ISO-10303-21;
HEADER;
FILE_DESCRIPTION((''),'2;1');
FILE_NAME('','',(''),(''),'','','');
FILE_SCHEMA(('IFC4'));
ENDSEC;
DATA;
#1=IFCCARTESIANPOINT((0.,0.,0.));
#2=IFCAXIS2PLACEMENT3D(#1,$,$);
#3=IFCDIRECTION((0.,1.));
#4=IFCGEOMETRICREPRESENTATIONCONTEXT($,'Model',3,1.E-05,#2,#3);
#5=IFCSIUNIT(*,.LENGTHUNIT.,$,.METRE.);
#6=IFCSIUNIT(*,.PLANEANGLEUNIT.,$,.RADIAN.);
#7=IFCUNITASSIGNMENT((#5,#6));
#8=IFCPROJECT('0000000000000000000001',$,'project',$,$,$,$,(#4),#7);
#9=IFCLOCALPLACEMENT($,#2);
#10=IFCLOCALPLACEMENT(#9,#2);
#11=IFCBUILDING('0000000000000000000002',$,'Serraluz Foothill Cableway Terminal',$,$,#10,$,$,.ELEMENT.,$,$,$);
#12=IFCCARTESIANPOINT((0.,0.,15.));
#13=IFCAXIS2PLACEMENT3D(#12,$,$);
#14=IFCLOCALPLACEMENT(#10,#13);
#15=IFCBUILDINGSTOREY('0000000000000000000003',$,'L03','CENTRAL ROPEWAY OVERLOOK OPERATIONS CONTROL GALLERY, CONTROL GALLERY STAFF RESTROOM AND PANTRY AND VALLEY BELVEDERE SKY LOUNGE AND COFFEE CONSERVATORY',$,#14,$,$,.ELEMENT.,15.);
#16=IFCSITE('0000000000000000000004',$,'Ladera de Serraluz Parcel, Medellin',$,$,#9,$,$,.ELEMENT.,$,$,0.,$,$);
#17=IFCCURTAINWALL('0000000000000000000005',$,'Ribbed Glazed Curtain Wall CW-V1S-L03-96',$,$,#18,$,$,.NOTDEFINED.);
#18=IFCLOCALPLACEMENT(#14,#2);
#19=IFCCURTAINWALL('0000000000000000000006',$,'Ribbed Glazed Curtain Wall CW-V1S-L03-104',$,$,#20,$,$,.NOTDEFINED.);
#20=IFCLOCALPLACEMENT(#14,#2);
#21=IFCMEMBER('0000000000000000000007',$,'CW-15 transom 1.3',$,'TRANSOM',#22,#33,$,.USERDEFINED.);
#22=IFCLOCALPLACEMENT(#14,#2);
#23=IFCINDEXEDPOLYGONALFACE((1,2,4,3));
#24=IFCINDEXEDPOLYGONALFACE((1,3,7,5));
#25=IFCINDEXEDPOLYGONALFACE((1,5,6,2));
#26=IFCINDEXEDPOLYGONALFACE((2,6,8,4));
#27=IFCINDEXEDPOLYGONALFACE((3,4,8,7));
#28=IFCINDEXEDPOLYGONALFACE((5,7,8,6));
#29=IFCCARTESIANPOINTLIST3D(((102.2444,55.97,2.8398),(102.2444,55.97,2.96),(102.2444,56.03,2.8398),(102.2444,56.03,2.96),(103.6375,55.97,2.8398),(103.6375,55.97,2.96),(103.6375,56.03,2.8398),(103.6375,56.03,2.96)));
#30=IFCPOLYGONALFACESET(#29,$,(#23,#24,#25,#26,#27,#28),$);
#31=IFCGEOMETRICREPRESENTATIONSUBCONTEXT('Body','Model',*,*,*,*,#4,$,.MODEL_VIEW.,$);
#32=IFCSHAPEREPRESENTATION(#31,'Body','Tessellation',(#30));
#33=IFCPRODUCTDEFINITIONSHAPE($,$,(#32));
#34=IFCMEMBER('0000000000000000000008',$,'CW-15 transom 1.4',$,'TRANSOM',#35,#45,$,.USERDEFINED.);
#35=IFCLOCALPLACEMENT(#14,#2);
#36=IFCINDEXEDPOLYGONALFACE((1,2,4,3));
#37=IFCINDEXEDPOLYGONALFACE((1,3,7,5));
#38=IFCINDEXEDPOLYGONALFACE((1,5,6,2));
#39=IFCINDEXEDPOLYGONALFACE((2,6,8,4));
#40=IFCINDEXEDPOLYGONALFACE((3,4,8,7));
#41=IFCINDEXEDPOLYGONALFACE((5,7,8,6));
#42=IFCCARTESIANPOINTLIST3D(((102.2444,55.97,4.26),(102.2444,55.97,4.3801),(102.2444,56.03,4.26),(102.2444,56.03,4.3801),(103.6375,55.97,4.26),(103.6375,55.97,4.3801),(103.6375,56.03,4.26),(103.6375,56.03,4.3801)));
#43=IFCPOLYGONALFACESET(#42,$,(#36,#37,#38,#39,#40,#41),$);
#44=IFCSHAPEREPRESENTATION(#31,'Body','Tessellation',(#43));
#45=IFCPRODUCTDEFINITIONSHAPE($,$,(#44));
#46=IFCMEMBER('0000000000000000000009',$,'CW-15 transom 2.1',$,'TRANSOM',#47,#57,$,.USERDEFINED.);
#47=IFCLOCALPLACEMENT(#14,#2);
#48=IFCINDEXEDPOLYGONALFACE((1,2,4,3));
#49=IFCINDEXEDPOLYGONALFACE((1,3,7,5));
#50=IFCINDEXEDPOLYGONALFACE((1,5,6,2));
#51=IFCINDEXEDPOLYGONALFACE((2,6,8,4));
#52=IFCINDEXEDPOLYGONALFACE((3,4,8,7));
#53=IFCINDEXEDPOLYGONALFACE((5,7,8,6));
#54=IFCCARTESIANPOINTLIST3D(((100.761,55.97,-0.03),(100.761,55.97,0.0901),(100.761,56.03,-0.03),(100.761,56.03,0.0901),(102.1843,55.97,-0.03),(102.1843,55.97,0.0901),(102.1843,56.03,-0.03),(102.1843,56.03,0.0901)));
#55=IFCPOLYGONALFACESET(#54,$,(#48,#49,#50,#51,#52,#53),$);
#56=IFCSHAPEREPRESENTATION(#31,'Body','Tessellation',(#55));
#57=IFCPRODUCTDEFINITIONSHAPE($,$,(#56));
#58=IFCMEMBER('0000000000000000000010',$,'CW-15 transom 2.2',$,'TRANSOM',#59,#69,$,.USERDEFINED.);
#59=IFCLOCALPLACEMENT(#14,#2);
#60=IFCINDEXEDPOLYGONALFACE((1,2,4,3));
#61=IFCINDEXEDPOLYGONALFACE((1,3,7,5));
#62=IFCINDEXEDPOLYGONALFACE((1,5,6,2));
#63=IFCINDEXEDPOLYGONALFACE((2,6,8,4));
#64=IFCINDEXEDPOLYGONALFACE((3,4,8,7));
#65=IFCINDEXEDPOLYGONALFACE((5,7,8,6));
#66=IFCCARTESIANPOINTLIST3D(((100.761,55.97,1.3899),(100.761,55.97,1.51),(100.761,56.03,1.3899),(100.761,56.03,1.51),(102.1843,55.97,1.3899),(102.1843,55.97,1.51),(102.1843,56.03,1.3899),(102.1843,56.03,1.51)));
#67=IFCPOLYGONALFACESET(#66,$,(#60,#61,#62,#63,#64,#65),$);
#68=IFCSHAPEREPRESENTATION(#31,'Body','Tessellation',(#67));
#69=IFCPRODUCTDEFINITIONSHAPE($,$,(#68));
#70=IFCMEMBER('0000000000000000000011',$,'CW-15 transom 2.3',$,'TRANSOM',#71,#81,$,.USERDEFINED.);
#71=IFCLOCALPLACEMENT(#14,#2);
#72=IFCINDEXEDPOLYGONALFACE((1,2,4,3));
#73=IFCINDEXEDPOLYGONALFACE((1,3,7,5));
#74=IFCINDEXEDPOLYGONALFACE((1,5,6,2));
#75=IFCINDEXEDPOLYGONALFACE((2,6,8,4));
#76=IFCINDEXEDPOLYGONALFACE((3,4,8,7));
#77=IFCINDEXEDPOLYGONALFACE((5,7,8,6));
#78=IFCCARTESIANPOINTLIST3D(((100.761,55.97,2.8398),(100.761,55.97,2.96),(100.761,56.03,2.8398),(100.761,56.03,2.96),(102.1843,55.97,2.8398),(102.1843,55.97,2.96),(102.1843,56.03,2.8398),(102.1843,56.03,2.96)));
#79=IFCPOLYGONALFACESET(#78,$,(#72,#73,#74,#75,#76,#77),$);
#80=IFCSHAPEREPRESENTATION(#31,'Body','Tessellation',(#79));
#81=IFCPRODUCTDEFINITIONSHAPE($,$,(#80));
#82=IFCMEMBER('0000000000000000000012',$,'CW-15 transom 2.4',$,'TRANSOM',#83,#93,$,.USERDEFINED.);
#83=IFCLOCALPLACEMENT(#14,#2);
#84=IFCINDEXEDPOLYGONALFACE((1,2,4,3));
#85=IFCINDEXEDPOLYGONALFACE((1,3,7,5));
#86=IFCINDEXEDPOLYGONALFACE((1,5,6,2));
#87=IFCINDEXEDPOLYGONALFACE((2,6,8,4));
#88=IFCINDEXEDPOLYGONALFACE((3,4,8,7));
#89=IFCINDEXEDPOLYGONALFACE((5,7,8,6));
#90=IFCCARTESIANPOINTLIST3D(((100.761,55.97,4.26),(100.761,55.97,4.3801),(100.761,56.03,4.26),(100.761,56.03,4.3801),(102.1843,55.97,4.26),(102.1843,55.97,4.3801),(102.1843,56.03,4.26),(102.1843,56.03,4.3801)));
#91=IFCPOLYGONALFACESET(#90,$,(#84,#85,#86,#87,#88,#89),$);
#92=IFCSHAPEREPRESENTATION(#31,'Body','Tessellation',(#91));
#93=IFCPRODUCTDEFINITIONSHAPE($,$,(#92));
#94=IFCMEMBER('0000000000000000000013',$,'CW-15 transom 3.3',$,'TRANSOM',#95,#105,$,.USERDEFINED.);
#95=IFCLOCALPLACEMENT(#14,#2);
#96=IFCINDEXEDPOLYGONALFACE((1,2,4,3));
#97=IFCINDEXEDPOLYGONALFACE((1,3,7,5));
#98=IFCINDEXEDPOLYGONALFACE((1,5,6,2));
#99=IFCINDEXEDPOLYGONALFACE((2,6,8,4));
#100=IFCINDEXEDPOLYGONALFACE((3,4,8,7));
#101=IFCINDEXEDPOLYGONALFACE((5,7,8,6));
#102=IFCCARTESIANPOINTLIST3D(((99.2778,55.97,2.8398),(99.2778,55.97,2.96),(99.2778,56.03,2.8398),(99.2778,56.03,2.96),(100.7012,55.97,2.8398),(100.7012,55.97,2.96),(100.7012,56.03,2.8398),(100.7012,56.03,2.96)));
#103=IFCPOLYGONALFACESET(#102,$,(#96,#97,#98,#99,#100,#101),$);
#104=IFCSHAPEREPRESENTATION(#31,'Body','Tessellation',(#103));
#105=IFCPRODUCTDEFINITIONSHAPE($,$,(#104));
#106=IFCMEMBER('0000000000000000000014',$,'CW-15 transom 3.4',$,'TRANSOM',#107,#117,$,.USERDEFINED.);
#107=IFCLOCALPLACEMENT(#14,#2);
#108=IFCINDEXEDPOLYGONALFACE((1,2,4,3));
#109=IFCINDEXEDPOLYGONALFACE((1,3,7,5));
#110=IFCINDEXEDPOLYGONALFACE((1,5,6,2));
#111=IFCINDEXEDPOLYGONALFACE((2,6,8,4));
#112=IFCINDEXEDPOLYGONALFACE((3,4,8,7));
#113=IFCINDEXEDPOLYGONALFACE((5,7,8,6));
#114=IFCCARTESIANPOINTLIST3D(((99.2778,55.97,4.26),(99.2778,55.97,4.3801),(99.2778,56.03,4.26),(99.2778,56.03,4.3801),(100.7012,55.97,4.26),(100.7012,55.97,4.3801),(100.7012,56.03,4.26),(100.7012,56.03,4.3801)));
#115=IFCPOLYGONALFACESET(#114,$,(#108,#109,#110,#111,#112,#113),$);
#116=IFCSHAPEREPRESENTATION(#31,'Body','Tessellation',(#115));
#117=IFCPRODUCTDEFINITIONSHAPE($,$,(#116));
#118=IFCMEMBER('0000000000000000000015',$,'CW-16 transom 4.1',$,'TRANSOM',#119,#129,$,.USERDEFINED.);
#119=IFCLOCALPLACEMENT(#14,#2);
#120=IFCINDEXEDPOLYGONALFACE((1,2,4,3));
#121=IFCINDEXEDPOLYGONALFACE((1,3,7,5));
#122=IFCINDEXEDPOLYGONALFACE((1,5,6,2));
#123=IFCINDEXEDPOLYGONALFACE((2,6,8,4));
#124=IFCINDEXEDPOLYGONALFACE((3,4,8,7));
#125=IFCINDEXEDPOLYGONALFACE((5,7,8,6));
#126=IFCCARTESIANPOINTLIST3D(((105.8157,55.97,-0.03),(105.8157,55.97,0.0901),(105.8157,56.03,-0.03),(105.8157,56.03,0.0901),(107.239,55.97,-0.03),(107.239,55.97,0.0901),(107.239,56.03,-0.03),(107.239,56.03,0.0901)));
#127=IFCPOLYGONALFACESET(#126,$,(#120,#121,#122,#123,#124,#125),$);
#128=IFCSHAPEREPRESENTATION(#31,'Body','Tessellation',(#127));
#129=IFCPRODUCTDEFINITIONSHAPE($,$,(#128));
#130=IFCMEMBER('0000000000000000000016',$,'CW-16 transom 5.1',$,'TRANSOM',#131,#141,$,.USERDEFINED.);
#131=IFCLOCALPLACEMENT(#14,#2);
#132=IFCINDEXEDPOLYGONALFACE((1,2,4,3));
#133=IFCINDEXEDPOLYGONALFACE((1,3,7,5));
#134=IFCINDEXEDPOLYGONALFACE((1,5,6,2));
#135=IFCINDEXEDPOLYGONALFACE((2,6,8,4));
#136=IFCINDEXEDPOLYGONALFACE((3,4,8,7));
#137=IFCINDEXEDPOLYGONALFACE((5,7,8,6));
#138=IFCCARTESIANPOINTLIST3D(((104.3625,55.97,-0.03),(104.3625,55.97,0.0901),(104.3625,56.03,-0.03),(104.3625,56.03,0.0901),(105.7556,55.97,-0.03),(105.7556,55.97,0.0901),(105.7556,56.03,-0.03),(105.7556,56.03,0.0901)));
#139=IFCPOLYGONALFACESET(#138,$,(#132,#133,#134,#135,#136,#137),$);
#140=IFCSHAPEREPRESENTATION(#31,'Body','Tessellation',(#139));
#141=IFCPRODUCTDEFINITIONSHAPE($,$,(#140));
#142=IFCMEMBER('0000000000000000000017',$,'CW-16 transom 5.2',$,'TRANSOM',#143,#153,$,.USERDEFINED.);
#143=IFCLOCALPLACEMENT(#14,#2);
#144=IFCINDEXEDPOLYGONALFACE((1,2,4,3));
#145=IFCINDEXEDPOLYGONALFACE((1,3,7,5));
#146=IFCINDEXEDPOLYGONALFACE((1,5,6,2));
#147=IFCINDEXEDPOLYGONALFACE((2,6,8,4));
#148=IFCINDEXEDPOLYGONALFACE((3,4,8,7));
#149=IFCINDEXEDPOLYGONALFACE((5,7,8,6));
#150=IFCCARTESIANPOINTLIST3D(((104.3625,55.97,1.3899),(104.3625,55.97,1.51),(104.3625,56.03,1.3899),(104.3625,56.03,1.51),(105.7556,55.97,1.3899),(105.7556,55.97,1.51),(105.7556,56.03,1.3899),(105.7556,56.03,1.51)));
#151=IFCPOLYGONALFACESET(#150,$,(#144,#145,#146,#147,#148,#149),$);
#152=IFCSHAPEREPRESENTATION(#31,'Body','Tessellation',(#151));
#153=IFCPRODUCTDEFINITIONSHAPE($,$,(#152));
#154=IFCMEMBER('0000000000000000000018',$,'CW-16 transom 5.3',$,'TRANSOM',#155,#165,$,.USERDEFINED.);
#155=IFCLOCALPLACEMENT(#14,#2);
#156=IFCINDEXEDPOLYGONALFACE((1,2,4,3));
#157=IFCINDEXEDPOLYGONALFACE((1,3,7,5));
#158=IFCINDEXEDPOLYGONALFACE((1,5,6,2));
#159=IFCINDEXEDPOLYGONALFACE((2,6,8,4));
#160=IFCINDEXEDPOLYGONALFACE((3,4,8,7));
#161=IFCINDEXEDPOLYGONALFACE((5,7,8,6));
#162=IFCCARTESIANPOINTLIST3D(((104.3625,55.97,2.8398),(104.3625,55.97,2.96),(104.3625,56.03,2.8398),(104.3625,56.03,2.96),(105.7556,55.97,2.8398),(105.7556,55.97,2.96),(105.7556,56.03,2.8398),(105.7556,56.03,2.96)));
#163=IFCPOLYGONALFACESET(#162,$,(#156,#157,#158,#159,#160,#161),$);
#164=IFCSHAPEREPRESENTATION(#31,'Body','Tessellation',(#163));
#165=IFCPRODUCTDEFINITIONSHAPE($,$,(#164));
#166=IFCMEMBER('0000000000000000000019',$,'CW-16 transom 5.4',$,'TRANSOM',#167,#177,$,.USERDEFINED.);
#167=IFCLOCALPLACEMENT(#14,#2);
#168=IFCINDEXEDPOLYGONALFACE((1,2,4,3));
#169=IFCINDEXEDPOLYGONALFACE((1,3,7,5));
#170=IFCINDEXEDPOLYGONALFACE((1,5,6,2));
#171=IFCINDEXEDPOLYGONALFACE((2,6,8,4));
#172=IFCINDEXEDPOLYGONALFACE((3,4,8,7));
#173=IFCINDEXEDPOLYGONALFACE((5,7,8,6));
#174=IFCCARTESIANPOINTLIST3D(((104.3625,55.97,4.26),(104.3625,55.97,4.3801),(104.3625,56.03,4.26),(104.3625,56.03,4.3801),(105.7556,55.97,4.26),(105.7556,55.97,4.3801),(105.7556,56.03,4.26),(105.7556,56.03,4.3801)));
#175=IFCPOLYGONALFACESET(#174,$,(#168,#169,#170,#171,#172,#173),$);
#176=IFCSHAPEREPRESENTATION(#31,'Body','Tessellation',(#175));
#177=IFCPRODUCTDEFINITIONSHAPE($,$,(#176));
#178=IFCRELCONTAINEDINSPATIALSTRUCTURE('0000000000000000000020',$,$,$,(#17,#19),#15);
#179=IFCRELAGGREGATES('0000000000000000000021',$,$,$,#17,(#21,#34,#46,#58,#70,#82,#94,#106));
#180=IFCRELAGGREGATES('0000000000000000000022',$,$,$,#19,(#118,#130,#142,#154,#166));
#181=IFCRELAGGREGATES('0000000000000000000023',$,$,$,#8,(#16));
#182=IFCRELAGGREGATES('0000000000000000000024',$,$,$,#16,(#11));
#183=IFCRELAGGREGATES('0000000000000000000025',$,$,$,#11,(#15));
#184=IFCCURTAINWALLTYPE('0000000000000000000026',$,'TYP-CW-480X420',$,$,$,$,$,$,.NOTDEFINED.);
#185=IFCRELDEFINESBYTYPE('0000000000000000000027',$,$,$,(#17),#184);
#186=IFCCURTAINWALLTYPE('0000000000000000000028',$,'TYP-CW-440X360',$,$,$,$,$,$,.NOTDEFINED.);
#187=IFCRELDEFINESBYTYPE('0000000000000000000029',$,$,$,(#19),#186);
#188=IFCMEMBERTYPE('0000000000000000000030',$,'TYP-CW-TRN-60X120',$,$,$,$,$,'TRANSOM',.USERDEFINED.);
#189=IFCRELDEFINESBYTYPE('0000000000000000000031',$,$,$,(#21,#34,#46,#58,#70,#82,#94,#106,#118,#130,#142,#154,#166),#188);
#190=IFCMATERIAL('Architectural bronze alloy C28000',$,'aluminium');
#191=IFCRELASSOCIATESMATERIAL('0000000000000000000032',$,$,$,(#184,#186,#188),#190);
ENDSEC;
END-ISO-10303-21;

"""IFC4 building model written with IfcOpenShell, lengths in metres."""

from ifc_helpers import new_model, si_unit, direction, frame, origin, origin_2d, place, context, subcontext, project, spatial, rectangle, extrude, material, material_profile, profile_set, type_object, element, aggregate, save


model = new_model("IFC4")

# Units and contexts
model_context = context("Model", 3, precision=1e-05, world=origin(), true_north=direction((0.0, 1.0)))
body_context = subcontext(model_context, "Body", "Model", "MODEL_VIEW")
ifc_project = project(units=[si_unit("LENGTHUNIT", "METRE"), si_unit("PLANEANGLEUNIT", "RADIAN")], contexts=[model_context])

# Site, building, storey
site_placement = place(None, origin())
site = spatial("IfcSite", under=ifc_project, at=site_placement, Name="Ladera de Serraluz Parcel, Medellin", CompositionType="ELEMENT", RefElevation=0.0)
building_placement = place(site_placement, origin())
building = spatial("IfcBuilding", under=site, at=building_placement, Name="Serraluz Foothill Cableway Terminal", CompositionType="ELEMENT")
storey_placement = place(building_placement, frame((0.0, 0.0, 15.0)))
storey = spatial("IfcBuildingStorey", under=building, at=storey_placement, Name="L03", Description="CENTRAL ROPEWAY OVERLOOK OPERATIONS CONTROL GALLERY, CONTROL GALLERY STAFF RESTROOM AND PANTRY AND VALLEY BELVEDERE SKY LOUNGE AND COFFEE CONSERVATORY", CompositionType="ELEMENT", Elevation=15.0)

# Curtain walls
ifc_material_1 = material(Name="Architectural bronze alloy C28000", Category="aluminium")
curtain_wall_type_1 = type_object("IfcCurtainWallType", Name="TYP-CW-480X420", PredefinedType="NOTDEFINED", material=ifc_material_1)
curtain_wall_1_placement = place(storey_placement, origin())
curtain_wall_1 = element("IfcCurtainWall", 1, at=curtain_wall_1_placement, inside=storey, type_object=curtain_wall_type_1, Name="Ribbed Glazed Curtain Wall CW-V1S-L03-96", PredefinedType="NOTDEFINED")
curtain_wall_type_2 = type_object("IfcCurtainWallType", Name="TYP-CW-440X360", PredefinedType="NOTDEFINED", material=ifc_material_1)
curtain_wall_2_placement = place(storey_placement, origin())
curtain_wall_2 = element("IfcCurtainWall", 2, at=curtain_wall_2_placement, inside=storey, type_object=curtain_wall_type_2, Name="Ribbed Glazed Curtain Wall CW-V1S-L03-104", PredefinedType="NOTDEFINED")

# Members
ifc_material_profile_1 = material_profile(ifc_material_1, rectangle(XDim=0.0601, YDim=0.1201, at=origin_2d()), Name="ALU TRANSOM 60x120")
ifc_profile_set_1 = profile_set([ifc_material_profile_1], Name="Architectural bronze alloy C28000")
member_type_1 = type_object("IfcMemberType", Name="TYP-CW-TRN-60X120", ElementType="TRANSOM", PredefinedType="USERDEFINED", material=ifc_profile_set_1)
member_1_placement = place(storey_placement, frame((103.6375, 56.0, 2.8999), z_axis=(-1.0, 0.0, 0.0), x_axis=(0.0, -1.0, 0.0)))
member_1 = element("IfcMember", 3, at=member_1_placement, type_object=member_type_1, Name="CW-15 transom 1.3", ObjectType="TRANSOM", PredefinedType="USERDEFINED", context=body_context, shape_type="SweptSolid", body=[
    extrude(rectangle(XDim=0.0601, YDim=0.1201, at=origin_2d()), origin(), (0.0, 0.0, 1.0), 1.3931),
])
member_2_placement = place(storey_placement, frame((103.6375, 56.0, 4.3201), z_axis=(-1.0, 0.0, 0.0), x_axis=(0.0, -1.0, 0.0)))
member_2 = element("IfcMember", 4, at=member_2_placement, type_object=member_type_1, Name="CW-15 transom 1.4", ObjectType="TRANSOM", PredefinedType="USERDEFINED", context=body_context, shape_type="SweptSolid", body=[
    extrude(rectangle(XDim=0.0601, YDim=0.1201, at=origin_2d()), origin(), (0.0, 0.0, 1.0), 1.3931),
])
member_3_placement = place(storey_placement, frame((102.1843, 56.0, 0.03), z_axis=(-1.0, 0.0, 0.0), x_axis=(0.0, -1.0, 0.0)))
member_3 = element("IfcMember", 5, at=member_3_placement, type_object=member_type_1, Name="CW-15 transom 2.1", ObjectType="TRANSOM", PredefinedType="USERDEFINED", context=body_context, shape_type="SweptSolid", body=[
    extrude(rectangle(XDim=0.0601, YDim=0.1201, at=origin_2d()), origin(), (0.0, 0.0, 1.0), 1.4233),
])
member_4_placement = place(storey_placement, frame((102.1843, 56.0, 1.45), z_axis=(-1.0, 0.0, 0.0), x_axis=(0.0, -1.0, 0.0)))
member_4 = element("IfcMember", 6, at=member_4_placement, type_object=member_type_1, Name="CW-15 transom 2.2", ObjectType="TRANSOM", PredefinedType="USERDEFINED", context=body_context, shape_type="SweptSolid", body=[
    extrude(rectangle(XDim=0.0601, YDim=0.1201, at=origin_2d()), origin(), (0.0, 0.0, 1.0), 1.4233),
])
member_5_placement = place(storey_placement, frame((102.1843, 56.0, 2.8999), z_axis=(-1.0, 0.0, 0.0), x_axis=(0.0, -1.0, 0.0)))
member_5 = element("IfcMember", 7, at=member_5_placement, type_object=member_type_1, Name="CW-15 transom 2.3", ObjectType="TRANSOM", PredefinedType="USERDEFINED", context=body_context, shape_type="SweptSolid", body=[
    extrude(rectangle(XDim=0.0601, YDim=0.1201, at=origin_2d()), origin(), (0.0, 0.0, 1.0), 1.4233),
])
member_6_placement = place(storey_placement, frame((102.1843, 56.0, 4.3201), z_axis=(-1.0, 0.0, 0.0), x_axis=(0.0, -1.0, 0.0)))
member_6 = element("IfcMember", 8, at=member_6_placement, type_object=member_type_1, Name="CW-15 transom 2.4", ObjectType="TRANSOM", PredefinedType="USERDEFINED", context=body_context, shape_type="SweptSolid", body=[
    extrude(rectangle(XDim=0.0601, YDim=0.1201, at=origin_2d()), origin(), (0.0, 0.0, 1.0), 1.4233),
])
member_7_placement = place(storey_placement, frame((100.7012, 56.0, 2.8999), z_axis=(-1.0, 0.0, 0.0), x_axis=(0.0, -1.0, 0.0)))
member_7 = element("IfcMember", 9, at=member_7_placement, type_object=member_type_1, Name="CW-15 transom 3.3", ObjectType="TRANSOM", PredefinedType="USERDEFINED", context=body_context, shape_type="SweptSolid", body=[
    extrude(rectangle(XDim=0.0601, YDim=0.1201, at=origin_2d()), origin(), (0.0, 0.0, 1.0), 1.4233),
])
member_8_placement = place(storey_placement, frame((100.7012, 56.0, 4.3201), z_axis=(-1.0, 0.0, 0.0), x_axis=(0.0, -1.0, 0.0)))
member_8 = element("IfcMember", 10, at=member_8_placement, type_object=member_type_1, Name="CW-15 transom 3.4", ObjectType="TRANSOM", PredefinedType="USERDEFINED", context=body_context, shape_type="SweptSolid", body=[
    extrude(rectangle(XDim=0.0601, YDim=0.1201, at=origin_2d()), origin(), (0.0, 0.0, 1.0), 1.4233),
])
member_9_placement = place(storey_placement, frame((107.239, 56.0, 0.03), z_axis=(-1.0, 0.0, 0.0), x_axis=(0.0, -1.0, 0.0)))
member_9 = element("IfcMember", 11, at=member_9_placement, type_object=member_type_1, Name="CW-16 transom 4.1", ObjectType="TRANSOM", PredefinedType="USERDEFINED", context=body_context, shape_type="SweptSolid", body=[
    extrude(rectangle(XDim=0.0601, YDim=0.1201, at=origin_2d()), origin(), (0.0, 0.0, 1.0), 1.4233),
])
member_10_placement = place(storey_placement, frame((105.7556, 56.0, 0.03), z_axis=(-1.0, 0.0, 0.0), x_axis=(0.0, -1.0, 0.0)))
member_10 = element("IfcMember", 12, at=member_10_placement, type_object=member_type_1, Name="CW-16 transom 5.1", ObjectType="TRANSOM", PredefinedType="USERDEFINED", context=body_context, shape_type="SweptSolid", body=[
    extrude(rectangle(XDim=0.0601, YDim=0.1201, at=origin_2d()), origin(), (0.0, 0.0, 1.0), 1.3931),
])
member_11_placement = place(storey_placement, frame((105.7556, 56.0, 1.45), z_axis=(-1.0, 0.0, 0.0), x_axis=(0.0, -1.0, 0.0)))
member_11 = element("IfcMember", 13, at=member_11_placement, type_object=member_type_1, Name="CW-16 transom 5.2", ObjectType="TRANSOM", PredefinedType="USERDEFINED", context=body_context, shape_type="SweptSolid", body=[
    extrude(rectangle(XDim=0.0601, YDim=0.1201, at=origin_2d()), origin(), (0.0, 0.0, 1.0), 1.3931),
])
member_12_placement = place(storey_placement, frame((105.7556, 56.0, 2.8999), z_axis=(-1.0, 0.0, 0.0), x_axis=(0.0, -1.0, 0.0)))
member_12 = element("IfcMember", 14, at=member_12_placement, type_object=member_type_1, Name="CW-16 transom 5.3", ObjectType="TRANSOM", PredefinedType="USERDEFINED", context=body_context, shape_type="SweptSolid", body=[
    extrude(rectangle(XDim=0.0601, YDim=0.1201, at=origin_2d()), origin(), (0.0, 0.0, 1.0), 1.3931),
])
member_13_placement = place(storey_placement, frame((105.7556, 56.0, 4.3201), z_axis=(-1.0, 0.0, 0.0), x_axis=(0.0, -1.0, 0.0)))
member_13 = element("IfcMember", 15, at=member_13_placement, type_object=member_type_1, Name="CW-16 transom 5.4", ObjectType="TRANSOM", PredefinedType="USERDEFINED", context=body_context, shape_type="SweptSolid", body=[
    extrude(rectangle(XDim=0.0601, YDim=0.1201, at=origin_2d()), origin(), (0.0, 0.0, 1.0), 1.3931),
])

aggregate(curtain_wall_1, [member_1, member_2, member_3, member_4, member_5, member_6, member_7, member_8])
aggregate(curtain_wall_2, [member_9, member_10, member_11, member_12, member_13])

save(model, "model.ifc")
